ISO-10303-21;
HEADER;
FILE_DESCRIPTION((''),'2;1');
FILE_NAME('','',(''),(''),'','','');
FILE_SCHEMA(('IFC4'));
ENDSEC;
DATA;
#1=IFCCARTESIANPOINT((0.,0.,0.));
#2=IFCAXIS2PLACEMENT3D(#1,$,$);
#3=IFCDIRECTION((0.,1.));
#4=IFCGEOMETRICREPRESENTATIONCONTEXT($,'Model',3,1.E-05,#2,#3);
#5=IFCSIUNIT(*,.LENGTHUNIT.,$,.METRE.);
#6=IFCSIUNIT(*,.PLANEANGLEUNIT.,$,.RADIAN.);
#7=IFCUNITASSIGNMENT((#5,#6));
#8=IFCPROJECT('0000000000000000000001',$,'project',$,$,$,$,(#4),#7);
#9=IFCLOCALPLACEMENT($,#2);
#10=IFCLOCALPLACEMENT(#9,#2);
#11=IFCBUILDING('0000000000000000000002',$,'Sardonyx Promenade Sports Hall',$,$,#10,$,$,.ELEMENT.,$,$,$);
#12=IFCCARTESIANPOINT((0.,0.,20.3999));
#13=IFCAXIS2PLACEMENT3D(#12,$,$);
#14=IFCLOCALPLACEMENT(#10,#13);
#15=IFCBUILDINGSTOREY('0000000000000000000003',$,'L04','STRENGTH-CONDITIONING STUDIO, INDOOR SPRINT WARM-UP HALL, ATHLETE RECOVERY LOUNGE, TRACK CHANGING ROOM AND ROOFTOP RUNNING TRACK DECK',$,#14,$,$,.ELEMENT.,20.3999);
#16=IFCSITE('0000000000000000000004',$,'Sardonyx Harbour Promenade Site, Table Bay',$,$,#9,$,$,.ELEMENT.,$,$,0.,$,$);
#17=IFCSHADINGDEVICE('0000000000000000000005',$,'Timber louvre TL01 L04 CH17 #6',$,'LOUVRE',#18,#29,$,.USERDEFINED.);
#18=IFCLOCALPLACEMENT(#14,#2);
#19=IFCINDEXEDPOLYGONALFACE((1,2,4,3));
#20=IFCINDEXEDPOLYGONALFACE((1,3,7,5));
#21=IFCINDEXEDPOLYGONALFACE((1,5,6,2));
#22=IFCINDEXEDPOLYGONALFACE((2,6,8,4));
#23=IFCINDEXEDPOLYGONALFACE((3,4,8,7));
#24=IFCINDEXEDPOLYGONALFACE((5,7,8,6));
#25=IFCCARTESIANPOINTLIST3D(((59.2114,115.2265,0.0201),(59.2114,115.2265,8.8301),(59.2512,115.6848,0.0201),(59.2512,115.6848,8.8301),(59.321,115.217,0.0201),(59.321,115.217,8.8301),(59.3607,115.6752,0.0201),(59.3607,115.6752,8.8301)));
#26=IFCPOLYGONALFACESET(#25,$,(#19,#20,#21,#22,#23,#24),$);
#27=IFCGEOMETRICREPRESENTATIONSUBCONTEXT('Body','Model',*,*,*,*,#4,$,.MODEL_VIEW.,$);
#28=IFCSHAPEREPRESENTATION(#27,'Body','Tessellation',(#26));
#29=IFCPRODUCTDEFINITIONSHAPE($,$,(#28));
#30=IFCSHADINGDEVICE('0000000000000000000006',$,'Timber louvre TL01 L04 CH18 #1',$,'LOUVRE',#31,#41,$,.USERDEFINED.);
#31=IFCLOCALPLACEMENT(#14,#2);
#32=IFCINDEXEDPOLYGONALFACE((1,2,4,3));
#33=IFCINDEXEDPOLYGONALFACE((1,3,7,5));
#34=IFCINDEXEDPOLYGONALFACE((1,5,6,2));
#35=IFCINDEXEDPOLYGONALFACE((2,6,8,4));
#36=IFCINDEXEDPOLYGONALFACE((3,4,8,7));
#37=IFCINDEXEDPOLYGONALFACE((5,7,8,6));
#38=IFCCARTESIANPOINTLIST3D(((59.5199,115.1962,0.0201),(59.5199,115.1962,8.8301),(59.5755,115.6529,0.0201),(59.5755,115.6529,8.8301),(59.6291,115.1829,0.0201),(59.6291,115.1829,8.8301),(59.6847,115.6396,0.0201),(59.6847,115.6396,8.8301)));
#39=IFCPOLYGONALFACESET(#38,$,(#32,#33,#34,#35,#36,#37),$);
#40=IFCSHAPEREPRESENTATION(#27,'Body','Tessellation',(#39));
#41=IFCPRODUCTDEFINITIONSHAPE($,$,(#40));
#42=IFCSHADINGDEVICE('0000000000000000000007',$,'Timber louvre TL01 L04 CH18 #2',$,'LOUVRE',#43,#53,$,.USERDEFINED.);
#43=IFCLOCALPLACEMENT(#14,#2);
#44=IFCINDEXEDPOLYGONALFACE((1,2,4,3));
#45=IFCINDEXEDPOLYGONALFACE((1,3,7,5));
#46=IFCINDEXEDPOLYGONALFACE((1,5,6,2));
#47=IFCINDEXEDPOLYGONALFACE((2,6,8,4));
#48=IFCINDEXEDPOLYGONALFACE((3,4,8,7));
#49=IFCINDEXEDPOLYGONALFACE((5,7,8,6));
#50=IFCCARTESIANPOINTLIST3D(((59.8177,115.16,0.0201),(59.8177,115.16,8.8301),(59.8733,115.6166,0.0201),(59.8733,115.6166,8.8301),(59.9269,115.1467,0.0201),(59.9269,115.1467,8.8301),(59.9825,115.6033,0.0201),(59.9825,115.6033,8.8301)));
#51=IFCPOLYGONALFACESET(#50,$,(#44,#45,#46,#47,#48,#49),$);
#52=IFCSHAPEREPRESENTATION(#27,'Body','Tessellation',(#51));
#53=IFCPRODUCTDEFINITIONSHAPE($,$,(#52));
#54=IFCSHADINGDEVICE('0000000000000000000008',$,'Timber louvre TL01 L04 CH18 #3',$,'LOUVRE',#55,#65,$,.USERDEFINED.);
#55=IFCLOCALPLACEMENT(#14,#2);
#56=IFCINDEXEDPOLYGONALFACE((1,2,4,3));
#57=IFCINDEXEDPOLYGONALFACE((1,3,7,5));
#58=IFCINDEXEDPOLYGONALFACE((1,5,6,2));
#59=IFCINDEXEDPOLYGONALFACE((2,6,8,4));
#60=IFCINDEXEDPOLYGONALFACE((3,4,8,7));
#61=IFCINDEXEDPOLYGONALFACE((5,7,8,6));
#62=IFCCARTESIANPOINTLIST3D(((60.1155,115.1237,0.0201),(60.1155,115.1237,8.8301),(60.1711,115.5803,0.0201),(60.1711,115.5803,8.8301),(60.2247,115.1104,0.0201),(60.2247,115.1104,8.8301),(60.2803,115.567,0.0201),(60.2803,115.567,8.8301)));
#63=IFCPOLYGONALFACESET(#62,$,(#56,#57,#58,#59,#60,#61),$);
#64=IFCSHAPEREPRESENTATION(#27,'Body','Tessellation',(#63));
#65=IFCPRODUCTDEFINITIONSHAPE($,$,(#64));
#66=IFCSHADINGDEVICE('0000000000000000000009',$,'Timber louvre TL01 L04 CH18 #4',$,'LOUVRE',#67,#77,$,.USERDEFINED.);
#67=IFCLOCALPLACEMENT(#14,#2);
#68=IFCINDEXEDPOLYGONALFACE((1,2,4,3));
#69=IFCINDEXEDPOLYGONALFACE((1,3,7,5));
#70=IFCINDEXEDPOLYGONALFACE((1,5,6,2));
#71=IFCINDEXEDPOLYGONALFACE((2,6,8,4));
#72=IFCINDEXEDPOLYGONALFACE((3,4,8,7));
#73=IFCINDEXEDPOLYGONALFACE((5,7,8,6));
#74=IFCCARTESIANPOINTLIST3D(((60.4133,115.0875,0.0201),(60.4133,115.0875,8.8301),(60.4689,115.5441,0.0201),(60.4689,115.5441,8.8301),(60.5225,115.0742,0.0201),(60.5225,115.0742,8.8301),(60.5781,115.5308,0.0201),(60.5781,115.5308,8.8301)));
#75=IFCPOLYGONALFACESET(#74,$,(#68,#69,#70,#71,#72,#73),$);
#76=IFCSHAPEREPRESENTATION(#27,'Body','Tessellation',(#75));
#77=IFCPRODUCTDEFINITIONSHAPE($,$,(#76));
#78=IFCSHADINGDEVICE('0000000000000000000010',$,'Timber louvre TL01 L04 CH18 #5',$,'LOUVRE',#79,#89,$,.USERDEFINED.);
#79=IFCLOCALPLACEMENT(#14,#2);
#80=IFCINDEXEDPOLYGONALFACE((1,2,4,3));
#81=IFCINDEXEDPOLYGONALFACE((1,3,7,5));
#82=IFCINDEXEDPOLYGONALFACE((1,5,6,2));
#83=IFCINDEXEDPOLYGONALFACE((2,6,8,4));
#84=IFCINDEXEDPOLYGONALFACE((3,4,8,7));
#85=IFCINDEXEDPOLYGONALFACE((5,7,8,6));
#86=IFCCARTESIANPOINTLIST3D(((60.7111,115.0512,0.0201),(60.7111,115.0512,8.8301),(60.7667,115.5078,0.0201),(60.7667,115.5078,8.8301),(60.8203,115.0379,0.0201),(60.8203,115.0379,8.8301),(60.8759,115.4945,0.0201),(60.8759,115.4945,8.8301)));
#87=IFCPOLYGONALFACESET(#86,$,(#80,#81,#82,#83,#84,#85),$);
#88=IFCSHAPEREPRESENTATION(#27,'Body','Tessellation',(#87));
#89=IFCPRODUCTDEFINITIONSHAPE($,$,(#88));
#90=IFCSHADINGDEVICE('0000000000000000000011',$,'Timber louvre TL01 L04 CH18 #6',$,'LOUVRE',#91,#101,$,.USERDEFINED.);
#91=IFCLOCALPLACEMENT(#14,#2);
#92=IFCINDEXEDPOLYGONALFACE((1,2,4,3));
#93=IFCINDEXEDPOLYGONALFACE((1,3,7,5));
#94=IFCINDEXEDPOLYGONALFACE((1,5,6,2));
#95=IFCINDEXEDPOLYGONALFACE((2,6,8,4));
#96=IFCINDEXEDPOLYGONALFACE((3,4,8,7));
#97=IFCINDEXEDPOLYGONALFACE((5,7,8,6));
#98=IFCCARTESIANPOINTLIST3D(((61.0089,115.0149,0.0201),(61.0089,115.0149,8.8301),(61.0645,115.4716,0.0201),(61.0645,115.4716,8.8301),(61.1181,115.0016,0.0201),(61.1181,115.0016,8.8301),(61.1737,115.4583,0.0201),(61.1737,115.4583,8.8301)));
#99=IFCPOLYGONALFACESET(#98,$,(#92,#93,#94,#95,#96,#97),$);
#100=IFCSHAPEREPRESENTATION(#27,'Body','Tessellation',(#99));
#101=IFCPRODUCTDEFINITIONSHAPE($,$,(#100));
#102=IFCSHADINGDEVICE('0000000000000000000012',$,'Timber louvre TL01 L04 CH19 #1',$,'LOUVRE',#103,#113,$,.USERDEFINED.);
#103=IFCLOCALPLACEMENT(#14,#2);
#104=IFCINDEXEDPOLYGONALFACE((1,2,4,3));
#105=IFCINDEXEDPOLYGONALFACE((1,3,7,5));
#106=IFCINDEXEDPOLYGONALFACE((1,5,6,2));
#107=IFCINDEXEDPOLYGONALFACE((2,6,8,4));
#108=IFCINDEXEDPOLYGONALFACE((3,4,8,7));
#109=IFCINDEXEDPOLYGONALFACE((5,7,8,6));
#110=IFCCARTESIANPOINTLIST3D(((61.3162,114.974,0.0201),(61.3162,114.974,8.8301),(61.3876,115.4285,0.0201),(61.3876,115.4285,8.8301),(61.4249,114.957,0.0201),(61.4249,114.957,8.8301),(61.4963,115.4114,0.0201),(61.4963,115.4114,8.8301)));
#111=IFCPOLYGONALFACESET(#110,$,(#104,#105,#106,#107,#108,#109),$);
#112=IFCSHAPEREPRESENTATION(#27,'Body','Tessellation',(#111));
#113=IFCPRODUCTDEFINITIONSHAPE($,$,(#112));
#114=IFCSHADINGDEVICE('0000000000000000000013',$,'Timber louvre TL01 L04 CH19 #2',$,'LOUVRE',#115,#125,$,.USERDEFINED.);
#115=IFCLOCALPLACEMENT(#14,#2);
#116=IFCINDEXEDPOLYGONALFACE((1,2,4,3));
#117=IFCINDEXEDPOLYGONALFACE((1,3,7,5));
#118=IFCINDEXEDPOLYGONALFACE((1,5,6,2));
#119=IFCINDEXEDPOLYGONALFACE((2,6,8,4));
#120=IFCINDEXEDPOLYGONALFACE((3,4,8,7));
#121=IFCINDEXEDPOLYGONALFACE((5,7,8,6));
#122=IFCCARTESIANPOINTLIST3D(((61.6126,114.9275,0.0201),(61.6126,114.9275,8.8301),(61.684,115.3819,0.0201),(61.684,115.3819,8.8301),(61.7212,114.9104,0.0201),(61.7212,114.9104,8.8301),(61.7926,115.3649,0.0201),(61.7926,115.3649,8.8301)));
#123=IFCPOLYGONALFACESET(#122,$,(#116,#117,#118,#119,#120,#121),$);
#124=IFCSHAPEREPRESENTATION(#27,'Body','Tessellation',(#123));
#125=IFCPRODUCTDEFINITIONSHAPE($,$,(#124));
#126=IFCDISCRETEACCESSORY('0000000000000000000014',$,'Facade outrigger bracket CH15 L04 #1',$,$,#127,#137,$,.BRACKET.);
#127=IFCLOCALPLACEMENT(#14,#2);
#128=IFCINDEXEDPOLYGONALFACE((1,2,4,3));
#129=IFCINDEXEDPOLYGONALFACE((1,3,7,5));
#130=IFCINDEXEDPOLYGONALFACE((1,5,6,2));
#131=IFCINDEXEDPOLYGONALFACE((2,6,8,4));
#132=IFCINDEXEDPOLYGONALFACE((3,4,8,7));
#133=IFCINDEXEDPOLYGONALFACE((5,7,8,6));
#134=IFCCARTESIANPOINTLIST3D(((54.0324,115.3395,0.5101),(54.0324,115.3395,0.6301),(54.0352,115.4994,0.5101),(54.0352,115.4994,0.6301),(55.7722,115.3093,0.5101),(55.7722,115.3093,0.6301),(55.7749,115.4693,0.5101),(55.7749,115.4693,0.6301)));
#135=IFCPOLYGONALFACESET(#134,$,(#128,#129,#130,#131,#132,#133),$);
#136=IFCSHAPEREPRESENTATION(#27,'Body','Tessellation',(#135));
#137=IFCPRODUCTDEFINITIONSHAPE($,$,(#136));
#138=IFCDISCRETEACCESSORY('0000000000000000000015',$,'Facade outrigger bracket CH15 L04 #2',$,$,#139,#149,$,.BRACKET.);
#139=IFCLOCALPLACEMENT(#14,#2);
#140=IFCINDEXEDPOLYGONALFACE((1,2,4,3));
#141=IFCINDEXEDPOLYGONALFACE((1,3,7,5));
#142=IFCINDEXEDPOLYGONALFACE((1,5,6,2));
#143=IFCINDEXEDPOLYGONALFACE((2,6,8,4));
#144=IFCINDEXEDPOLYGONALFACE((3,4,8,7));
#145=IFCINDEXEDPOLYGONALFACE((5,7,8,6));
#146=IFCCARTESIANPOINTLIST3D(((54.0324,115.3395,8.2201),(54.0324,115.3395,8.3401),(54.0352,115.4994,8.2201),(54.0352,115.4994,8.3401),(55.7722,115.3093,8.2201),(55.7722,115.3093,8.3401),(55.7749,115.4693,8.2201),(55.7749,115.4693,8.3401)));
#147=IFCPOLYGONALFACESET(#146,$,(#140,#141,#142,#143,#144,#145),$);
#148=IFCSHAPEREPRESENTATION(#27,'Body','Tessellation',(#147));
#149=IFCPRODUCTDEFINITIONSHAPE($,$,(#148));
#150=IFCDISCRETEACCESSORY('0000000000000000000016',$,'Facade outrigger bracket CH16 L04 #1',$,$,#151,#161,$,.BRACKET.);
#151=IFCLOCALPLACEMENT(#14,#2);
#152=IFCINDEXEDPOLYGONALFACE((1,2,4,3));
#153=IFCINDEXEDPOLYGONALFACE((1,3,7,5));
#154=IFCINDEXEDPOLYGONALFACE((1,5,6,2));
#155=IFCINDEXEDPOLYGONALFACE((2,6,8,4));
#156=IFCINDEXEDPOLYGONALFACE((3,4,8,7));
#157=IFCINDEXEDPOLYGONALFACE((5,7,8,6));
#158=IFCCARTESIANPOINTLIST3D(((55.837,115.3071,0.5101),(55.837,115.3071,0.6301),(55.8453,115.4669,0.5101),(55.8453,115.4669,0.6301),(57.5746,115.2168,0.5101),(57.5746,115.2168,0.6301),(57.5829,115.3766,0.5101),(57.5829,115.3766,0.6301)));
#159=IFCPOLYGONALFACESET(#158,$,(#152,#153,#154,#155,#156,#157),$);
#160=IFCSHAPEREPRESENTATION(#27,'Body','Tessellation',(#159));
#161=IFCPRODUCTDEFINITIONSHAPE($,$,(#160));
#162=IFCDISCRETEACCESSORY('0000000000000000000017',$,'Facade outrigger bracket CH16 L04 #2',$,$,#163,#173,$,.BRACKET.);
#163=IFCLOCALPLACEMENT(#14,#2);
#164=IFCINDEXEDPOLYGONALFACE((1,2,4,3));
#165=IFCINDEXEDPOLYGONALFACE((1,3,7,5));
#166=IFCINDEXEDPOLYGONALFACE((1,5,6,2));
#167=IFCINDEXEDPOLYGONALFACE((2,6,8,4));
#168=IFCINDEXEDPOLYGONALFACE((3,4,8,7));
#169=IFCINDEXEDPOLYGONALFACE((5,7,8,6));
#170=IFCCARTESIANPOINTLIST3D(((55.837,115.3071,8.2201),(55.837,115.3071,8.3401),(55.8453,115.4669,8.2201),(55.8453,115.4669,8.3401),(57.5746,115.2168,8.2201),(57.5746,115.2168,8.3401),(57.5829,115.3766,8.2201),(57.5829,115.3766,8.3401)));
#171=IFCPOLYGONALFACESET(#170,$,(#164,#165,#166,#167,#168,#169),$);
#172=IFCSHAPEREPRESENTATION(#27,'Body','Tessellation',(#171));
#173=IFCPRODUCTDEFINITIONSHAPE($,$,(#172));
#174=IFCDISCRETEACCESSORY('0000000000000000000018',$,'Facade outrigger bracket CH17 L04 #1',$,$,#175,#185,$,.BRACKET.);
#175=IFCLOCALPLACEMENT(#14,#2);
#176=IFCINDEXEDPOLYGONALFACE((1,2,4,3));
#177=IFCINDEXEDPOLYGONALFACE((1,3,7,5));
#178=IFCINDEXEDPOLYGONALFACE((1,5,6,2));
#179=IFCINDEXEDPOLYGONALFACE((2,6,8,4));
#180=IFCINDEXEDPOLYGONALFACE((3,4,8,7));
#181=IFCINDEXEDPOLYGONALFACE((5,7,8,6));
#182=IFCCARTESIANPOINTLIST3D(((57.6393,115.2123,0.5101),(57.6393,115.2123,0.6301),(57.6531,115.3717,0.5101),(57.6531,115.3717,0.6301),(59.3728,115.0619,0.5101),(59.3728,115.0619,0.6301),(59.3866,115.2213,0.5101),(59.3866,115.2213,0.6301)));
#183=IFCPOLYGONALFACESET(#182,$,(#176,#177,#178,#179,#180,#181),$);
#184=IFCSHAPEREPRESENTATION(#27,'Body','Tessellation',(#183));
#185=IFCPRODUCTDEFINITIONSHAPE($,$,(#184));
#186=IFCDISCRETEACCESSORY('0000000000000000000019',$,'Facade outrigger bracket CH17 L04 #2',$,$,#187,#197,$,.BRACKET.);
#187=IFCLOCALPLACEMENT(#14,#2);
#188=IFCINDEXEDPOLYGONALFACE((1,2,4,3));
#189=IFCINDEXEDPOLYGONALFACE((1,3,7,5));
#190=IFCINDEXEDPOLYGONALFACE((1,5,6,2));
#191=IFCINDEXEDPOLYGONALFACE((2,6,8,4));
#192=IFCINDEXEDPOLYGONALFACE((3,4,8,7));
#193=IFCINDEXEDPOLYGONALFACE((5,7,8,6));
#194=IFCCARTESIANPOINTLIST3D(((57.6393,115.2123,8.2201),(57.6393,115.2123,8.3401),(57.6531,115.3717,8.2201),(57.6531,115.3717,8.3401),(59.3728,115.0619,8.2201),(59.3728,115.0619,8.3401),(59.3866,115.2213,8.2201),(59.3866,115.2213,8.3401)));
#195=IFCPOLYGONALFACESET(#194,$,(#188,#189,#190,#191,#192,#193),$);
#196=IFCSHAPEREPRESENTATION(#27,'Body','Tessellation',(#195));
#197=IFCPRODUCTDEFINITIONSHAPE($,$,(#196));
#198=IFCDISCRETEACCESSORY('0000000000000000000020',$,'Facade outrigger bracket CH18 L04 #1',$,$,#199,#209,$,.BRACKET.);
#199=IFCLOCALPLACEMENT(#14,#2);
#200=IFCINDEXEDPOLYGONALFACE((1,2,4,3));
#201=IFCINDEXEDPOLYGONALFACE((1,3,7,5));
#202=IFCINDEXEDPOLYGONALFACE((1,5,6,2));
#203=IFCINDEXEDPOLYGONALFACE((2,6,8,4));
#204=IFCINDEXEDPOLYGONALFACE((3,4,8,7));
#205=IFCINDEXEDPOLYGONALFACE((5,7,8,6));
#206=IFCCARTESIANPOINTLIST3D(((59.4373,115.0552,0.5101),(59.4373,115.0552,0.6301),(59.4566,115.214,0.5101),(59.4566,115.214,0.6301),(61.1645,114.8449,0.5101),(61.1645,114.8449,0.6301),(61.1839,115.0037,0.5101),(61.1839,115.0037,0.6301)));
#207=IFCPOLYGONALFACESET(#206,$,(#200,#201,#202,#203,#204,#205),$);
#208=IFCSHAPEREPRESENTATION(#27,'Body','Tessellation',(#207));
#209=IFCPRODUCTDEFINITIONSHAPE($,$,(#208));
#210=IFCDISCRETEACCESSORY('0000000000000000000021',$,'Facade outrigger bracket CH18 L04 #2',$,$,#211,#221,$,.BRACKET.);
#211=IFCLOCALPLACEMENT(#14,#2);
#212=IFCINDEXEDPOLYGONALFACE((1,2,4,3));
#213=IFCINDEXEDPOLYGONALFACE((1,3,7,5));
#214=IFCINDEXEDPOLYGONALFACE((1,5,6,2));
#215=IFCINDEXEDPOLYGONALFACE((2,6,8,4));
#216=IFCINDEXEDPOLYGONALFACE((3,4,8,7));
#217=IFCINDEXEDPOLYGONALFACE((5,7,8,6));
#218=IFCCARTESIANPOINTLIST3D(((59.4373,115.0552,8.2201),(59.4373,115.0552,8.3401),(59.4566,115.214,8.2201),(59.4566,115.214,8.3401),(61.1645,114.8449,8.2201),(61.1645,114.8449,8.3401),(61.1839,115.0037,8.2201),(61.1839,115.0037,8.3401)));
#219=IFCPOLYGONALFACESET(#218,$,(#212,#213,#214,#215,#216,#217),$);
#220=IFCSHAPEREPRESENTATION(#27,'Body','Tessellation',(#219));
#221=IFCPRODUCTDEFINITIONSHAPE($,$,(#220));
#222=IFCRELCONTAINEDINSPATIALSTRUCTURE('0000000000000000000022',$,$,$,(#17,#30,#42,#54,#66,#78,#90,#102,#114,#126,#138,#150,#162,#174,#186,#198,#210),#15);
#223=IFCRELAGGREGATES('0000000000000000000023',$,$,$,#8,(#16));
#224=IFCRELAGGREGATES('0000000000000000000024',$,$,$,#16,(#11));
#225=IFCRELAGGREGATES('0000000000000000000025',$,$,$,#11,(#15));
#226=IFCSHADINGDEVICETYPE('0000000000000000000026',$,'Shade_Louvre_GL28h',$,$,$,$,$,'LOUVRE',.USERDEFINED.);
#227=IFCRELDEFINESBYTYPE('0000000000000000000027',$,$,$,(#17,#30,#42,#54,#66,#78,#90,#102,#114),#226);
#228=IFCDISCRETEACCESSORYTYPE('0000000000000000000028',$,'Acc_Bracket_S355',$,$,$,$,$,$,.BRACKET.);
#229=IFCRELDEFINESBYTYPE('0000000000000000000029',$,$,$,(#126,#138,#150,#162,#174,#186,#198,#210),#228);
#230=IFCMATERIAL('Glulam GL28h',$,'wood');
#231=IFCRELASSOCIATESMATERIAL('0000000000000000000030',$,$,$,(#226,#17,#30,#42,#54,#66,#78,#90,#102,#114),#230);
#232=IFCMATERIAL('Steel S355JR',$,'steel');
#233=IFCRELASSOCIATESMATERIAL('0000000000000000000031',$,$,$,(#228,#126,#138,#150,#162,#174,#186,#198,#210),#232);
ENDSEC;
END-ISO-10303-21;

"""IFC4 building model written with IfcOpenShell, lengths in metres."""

from ifc_helpers import new_model, si_unit, direction, frame, origin, place, context, subcontext, project, spatial, rectangle, extrude, material, type_object, element, save


model = new_model("IFC4")

# Units and contexts
model_context = context("Model", 3, precision=1e-05, world=origin(), true_north=direction((0.0, 1.0)))
body_context = subcontext(model_context, "Body", "Model", "MODEL_VIEW")
ifc_project = project(units=[si_unit("LENGTHUNIT", "METRE"), si_unit("PLANEANGLEUNIT", "RADIAN")], contexts=[model_context])

# Site, building, storey
site_placement = place(None, origin())
site = spatial("IfcSite", under=ifc_project, at=site_placement, Name="Sardonyx Harbour Promenade Site, Table Bay", CompositionType="ELEMENT", RefElevation=0.0)
building_placement = place(site_placement, origin())
building = spatial("IfcBuilding", under=site, at=building_placement, Name="Sardonyx Promenade Sports Hall", CompositionType="ELEMENT")
storey_placement = place(building_placement, frame((0.0, 0.0, 20.3999)))
storey = spatial("IfcBuildingStorey", under=building, at=storey_placement, Name="L04", Description="STRENGTH-CONDITIONING STUDIO, INDOOR SPRINT WARM-UP HALL, ATHLETE RECOVERY LOUNGE, TRACK CHANGING ROOM AND ROOFTOP RUNNING TRACK DECK", CompositionType="ELEMENT", Elevation=20.3999)

# Shading devices
ifc_material_1 = material(Name="Glulam GL28h", Category="wood")
shading_device_type = type_object("IfcShadingDeviceType", Name="Shade_Louvre_GL28h", ElementType="LOUVRE", PredefinedType="USERDEFINED", material=ifc_material_1)
for number, where, z_axis, x_axis, name in (
    (1, (59.2861, 115.4509, 0.0201), (0.0, 0.0, 1.0), (0.996258, -0.086434, 0.0), "Timber louvre TL01 L04 CH17 #6"),
    (2, (59.6023, 115.4179, 0.0201), (0.0, 0.0, 1.0), (0.992669, -0.120863, 0.0), "Timber louvre TL01 L04 CH18 #1"),
    (3, (59.9001, 115.3816, 0.0201), (0.0, 0.0, 1.0), (0.992669, -0.120863, 0.0), "Timber louvre TL01 L04 CH18 #2"),
    (4, (60.1979, 115.3454, 0.0201), (0.0, 0.0, 1.0), (0.992669, -0.120863, 0.0), "Timber louvre TL01 L04 CH18 #3"),
    (5, (60.4957, 115.3091, 0.0201), (0.0, 0.0, 1.0), (0.992669, -0.120863, 0.0), "Timber louvre TL01 L04 CH18 #4"),
    (6, (60.7935, 115.2729, 0.0201), (0.0, 0.0, 1.0), (0.992669, -0.120863, 0.0), "Timber louvre TL01 L04 CH18 #5"),
    (7, (61.0913, 115.2366, 0.0201), (0.0, 0.0, 1.0), (0.992669, -0.120863, 0.0), "Timber louvre TL01 L04 CH18 #6"),
    (8, (61.4062, 115.1927, 0.0201), (0.0, 0.0, 1.0), (0.987891, -0.155148, 0.0), "Timber louvre TL01 L04 CH19 #1"),
    (9, (61.7026, 115.1462, 0.0201), (0.0, 0.0, 1.0), (0.987891, -0.155148, 0.0), "Timber louvre TL01 L04 CH19 #2"),
):
    element("IfcShadingDevice", number, at=place(storey_placement, frame(where, z_axis=z_axis, x_axis=x_axis)), inside=storey, type_object=shading_device_type, material=ifc_material_1, Name=name, ObjectType="LOUVRE", PredefinedType="USERDEFINED", context=body_context, shape_type="SweptSolid", body=[
        extrude(rectangle(XDim=0.11, YDim=0.46), origin(), (0.0, 0.0, 1.0), 8.81),
    ])

# Discrete accessories
ifc_material_2 = material(Name="Steel S355JR", Category="steel")
discrete_accessory_type = type_object("IfcDiscreteAccessoryType", Name="Acc_Bracket_S355", PredefinedType="BRACKET", material=ifc_material_2)
for number, where, z_axis, x_axis, name in (
    (10, (54.9037, 115.4044, 0.5101), (0.0, 0.0, 1.0), (0.99985, -0.017308, 0.0), "Facade outrigger bracket CH15 L04 #1"),
    (11, (54.9037, 115.4044, 8.2201), (0.0, 0.0, 1.0), (0.99985, -0.017308, 0.0), "Facade outrigger bracket CH15 L04 #2"),
    (12, (56.7099, 115.3418, 0.5101), (0.0, 0.0, 1.0), (0.998652, -0.051902, 0.0), "Facade outrigger bracket CH16 L04 #1"),
    (13, (56.7099, 115.3418, 8.2201), (0.0, 0.0, 1.0), (0.998652, -0.051902, 0.0), "Facade outrigger bracket CH16 L04 #2"),
    (14, (58.513, 115.2168, 0.5101), (0.0, 0.0, 1.0), (0.996258, -0.086434, 0.0), "Facade outrigger bracket CH17 L04 #1"),
    (15, (58.513, 115.2168, 8.2201), (0.0, 0.0, 1.0), (0.996258, -0.086434, 0.0), "Facade outrigger bracket CH17 L04 #2"),
    (16, (60.3106, 115.0294, 0.5101), (0.0, 0.0, 1.0), (0.992669, -0.120863, 0.0), "Facade outrigger bracket CH18 L04 #1"),
    (17, (60.3106, 115.0294, 8.2201), (0.0, 0.0, 1.0), (0.992669, -0.120863, 0.0), "Facade outrigger bracket CH18 L04 #2"),
):
    element("IfcDiscreteAccessory", number, at=place(storey_placement, frame(where, z_axis=z_axis, x_axis=x_axis)), inside=storey, type_object=discrete_accessory_type, material=ifc_material_2, Name=name, PredefinedType="BRACKET", context=body_context, shape_type="SweptSolid", body=[
        extrude(rectangle(XDim=1.74, YDim=0.16), origin(), (0.0, 0.0, 1.0), 0.12),
    ])

save(model, "model.ifc")
